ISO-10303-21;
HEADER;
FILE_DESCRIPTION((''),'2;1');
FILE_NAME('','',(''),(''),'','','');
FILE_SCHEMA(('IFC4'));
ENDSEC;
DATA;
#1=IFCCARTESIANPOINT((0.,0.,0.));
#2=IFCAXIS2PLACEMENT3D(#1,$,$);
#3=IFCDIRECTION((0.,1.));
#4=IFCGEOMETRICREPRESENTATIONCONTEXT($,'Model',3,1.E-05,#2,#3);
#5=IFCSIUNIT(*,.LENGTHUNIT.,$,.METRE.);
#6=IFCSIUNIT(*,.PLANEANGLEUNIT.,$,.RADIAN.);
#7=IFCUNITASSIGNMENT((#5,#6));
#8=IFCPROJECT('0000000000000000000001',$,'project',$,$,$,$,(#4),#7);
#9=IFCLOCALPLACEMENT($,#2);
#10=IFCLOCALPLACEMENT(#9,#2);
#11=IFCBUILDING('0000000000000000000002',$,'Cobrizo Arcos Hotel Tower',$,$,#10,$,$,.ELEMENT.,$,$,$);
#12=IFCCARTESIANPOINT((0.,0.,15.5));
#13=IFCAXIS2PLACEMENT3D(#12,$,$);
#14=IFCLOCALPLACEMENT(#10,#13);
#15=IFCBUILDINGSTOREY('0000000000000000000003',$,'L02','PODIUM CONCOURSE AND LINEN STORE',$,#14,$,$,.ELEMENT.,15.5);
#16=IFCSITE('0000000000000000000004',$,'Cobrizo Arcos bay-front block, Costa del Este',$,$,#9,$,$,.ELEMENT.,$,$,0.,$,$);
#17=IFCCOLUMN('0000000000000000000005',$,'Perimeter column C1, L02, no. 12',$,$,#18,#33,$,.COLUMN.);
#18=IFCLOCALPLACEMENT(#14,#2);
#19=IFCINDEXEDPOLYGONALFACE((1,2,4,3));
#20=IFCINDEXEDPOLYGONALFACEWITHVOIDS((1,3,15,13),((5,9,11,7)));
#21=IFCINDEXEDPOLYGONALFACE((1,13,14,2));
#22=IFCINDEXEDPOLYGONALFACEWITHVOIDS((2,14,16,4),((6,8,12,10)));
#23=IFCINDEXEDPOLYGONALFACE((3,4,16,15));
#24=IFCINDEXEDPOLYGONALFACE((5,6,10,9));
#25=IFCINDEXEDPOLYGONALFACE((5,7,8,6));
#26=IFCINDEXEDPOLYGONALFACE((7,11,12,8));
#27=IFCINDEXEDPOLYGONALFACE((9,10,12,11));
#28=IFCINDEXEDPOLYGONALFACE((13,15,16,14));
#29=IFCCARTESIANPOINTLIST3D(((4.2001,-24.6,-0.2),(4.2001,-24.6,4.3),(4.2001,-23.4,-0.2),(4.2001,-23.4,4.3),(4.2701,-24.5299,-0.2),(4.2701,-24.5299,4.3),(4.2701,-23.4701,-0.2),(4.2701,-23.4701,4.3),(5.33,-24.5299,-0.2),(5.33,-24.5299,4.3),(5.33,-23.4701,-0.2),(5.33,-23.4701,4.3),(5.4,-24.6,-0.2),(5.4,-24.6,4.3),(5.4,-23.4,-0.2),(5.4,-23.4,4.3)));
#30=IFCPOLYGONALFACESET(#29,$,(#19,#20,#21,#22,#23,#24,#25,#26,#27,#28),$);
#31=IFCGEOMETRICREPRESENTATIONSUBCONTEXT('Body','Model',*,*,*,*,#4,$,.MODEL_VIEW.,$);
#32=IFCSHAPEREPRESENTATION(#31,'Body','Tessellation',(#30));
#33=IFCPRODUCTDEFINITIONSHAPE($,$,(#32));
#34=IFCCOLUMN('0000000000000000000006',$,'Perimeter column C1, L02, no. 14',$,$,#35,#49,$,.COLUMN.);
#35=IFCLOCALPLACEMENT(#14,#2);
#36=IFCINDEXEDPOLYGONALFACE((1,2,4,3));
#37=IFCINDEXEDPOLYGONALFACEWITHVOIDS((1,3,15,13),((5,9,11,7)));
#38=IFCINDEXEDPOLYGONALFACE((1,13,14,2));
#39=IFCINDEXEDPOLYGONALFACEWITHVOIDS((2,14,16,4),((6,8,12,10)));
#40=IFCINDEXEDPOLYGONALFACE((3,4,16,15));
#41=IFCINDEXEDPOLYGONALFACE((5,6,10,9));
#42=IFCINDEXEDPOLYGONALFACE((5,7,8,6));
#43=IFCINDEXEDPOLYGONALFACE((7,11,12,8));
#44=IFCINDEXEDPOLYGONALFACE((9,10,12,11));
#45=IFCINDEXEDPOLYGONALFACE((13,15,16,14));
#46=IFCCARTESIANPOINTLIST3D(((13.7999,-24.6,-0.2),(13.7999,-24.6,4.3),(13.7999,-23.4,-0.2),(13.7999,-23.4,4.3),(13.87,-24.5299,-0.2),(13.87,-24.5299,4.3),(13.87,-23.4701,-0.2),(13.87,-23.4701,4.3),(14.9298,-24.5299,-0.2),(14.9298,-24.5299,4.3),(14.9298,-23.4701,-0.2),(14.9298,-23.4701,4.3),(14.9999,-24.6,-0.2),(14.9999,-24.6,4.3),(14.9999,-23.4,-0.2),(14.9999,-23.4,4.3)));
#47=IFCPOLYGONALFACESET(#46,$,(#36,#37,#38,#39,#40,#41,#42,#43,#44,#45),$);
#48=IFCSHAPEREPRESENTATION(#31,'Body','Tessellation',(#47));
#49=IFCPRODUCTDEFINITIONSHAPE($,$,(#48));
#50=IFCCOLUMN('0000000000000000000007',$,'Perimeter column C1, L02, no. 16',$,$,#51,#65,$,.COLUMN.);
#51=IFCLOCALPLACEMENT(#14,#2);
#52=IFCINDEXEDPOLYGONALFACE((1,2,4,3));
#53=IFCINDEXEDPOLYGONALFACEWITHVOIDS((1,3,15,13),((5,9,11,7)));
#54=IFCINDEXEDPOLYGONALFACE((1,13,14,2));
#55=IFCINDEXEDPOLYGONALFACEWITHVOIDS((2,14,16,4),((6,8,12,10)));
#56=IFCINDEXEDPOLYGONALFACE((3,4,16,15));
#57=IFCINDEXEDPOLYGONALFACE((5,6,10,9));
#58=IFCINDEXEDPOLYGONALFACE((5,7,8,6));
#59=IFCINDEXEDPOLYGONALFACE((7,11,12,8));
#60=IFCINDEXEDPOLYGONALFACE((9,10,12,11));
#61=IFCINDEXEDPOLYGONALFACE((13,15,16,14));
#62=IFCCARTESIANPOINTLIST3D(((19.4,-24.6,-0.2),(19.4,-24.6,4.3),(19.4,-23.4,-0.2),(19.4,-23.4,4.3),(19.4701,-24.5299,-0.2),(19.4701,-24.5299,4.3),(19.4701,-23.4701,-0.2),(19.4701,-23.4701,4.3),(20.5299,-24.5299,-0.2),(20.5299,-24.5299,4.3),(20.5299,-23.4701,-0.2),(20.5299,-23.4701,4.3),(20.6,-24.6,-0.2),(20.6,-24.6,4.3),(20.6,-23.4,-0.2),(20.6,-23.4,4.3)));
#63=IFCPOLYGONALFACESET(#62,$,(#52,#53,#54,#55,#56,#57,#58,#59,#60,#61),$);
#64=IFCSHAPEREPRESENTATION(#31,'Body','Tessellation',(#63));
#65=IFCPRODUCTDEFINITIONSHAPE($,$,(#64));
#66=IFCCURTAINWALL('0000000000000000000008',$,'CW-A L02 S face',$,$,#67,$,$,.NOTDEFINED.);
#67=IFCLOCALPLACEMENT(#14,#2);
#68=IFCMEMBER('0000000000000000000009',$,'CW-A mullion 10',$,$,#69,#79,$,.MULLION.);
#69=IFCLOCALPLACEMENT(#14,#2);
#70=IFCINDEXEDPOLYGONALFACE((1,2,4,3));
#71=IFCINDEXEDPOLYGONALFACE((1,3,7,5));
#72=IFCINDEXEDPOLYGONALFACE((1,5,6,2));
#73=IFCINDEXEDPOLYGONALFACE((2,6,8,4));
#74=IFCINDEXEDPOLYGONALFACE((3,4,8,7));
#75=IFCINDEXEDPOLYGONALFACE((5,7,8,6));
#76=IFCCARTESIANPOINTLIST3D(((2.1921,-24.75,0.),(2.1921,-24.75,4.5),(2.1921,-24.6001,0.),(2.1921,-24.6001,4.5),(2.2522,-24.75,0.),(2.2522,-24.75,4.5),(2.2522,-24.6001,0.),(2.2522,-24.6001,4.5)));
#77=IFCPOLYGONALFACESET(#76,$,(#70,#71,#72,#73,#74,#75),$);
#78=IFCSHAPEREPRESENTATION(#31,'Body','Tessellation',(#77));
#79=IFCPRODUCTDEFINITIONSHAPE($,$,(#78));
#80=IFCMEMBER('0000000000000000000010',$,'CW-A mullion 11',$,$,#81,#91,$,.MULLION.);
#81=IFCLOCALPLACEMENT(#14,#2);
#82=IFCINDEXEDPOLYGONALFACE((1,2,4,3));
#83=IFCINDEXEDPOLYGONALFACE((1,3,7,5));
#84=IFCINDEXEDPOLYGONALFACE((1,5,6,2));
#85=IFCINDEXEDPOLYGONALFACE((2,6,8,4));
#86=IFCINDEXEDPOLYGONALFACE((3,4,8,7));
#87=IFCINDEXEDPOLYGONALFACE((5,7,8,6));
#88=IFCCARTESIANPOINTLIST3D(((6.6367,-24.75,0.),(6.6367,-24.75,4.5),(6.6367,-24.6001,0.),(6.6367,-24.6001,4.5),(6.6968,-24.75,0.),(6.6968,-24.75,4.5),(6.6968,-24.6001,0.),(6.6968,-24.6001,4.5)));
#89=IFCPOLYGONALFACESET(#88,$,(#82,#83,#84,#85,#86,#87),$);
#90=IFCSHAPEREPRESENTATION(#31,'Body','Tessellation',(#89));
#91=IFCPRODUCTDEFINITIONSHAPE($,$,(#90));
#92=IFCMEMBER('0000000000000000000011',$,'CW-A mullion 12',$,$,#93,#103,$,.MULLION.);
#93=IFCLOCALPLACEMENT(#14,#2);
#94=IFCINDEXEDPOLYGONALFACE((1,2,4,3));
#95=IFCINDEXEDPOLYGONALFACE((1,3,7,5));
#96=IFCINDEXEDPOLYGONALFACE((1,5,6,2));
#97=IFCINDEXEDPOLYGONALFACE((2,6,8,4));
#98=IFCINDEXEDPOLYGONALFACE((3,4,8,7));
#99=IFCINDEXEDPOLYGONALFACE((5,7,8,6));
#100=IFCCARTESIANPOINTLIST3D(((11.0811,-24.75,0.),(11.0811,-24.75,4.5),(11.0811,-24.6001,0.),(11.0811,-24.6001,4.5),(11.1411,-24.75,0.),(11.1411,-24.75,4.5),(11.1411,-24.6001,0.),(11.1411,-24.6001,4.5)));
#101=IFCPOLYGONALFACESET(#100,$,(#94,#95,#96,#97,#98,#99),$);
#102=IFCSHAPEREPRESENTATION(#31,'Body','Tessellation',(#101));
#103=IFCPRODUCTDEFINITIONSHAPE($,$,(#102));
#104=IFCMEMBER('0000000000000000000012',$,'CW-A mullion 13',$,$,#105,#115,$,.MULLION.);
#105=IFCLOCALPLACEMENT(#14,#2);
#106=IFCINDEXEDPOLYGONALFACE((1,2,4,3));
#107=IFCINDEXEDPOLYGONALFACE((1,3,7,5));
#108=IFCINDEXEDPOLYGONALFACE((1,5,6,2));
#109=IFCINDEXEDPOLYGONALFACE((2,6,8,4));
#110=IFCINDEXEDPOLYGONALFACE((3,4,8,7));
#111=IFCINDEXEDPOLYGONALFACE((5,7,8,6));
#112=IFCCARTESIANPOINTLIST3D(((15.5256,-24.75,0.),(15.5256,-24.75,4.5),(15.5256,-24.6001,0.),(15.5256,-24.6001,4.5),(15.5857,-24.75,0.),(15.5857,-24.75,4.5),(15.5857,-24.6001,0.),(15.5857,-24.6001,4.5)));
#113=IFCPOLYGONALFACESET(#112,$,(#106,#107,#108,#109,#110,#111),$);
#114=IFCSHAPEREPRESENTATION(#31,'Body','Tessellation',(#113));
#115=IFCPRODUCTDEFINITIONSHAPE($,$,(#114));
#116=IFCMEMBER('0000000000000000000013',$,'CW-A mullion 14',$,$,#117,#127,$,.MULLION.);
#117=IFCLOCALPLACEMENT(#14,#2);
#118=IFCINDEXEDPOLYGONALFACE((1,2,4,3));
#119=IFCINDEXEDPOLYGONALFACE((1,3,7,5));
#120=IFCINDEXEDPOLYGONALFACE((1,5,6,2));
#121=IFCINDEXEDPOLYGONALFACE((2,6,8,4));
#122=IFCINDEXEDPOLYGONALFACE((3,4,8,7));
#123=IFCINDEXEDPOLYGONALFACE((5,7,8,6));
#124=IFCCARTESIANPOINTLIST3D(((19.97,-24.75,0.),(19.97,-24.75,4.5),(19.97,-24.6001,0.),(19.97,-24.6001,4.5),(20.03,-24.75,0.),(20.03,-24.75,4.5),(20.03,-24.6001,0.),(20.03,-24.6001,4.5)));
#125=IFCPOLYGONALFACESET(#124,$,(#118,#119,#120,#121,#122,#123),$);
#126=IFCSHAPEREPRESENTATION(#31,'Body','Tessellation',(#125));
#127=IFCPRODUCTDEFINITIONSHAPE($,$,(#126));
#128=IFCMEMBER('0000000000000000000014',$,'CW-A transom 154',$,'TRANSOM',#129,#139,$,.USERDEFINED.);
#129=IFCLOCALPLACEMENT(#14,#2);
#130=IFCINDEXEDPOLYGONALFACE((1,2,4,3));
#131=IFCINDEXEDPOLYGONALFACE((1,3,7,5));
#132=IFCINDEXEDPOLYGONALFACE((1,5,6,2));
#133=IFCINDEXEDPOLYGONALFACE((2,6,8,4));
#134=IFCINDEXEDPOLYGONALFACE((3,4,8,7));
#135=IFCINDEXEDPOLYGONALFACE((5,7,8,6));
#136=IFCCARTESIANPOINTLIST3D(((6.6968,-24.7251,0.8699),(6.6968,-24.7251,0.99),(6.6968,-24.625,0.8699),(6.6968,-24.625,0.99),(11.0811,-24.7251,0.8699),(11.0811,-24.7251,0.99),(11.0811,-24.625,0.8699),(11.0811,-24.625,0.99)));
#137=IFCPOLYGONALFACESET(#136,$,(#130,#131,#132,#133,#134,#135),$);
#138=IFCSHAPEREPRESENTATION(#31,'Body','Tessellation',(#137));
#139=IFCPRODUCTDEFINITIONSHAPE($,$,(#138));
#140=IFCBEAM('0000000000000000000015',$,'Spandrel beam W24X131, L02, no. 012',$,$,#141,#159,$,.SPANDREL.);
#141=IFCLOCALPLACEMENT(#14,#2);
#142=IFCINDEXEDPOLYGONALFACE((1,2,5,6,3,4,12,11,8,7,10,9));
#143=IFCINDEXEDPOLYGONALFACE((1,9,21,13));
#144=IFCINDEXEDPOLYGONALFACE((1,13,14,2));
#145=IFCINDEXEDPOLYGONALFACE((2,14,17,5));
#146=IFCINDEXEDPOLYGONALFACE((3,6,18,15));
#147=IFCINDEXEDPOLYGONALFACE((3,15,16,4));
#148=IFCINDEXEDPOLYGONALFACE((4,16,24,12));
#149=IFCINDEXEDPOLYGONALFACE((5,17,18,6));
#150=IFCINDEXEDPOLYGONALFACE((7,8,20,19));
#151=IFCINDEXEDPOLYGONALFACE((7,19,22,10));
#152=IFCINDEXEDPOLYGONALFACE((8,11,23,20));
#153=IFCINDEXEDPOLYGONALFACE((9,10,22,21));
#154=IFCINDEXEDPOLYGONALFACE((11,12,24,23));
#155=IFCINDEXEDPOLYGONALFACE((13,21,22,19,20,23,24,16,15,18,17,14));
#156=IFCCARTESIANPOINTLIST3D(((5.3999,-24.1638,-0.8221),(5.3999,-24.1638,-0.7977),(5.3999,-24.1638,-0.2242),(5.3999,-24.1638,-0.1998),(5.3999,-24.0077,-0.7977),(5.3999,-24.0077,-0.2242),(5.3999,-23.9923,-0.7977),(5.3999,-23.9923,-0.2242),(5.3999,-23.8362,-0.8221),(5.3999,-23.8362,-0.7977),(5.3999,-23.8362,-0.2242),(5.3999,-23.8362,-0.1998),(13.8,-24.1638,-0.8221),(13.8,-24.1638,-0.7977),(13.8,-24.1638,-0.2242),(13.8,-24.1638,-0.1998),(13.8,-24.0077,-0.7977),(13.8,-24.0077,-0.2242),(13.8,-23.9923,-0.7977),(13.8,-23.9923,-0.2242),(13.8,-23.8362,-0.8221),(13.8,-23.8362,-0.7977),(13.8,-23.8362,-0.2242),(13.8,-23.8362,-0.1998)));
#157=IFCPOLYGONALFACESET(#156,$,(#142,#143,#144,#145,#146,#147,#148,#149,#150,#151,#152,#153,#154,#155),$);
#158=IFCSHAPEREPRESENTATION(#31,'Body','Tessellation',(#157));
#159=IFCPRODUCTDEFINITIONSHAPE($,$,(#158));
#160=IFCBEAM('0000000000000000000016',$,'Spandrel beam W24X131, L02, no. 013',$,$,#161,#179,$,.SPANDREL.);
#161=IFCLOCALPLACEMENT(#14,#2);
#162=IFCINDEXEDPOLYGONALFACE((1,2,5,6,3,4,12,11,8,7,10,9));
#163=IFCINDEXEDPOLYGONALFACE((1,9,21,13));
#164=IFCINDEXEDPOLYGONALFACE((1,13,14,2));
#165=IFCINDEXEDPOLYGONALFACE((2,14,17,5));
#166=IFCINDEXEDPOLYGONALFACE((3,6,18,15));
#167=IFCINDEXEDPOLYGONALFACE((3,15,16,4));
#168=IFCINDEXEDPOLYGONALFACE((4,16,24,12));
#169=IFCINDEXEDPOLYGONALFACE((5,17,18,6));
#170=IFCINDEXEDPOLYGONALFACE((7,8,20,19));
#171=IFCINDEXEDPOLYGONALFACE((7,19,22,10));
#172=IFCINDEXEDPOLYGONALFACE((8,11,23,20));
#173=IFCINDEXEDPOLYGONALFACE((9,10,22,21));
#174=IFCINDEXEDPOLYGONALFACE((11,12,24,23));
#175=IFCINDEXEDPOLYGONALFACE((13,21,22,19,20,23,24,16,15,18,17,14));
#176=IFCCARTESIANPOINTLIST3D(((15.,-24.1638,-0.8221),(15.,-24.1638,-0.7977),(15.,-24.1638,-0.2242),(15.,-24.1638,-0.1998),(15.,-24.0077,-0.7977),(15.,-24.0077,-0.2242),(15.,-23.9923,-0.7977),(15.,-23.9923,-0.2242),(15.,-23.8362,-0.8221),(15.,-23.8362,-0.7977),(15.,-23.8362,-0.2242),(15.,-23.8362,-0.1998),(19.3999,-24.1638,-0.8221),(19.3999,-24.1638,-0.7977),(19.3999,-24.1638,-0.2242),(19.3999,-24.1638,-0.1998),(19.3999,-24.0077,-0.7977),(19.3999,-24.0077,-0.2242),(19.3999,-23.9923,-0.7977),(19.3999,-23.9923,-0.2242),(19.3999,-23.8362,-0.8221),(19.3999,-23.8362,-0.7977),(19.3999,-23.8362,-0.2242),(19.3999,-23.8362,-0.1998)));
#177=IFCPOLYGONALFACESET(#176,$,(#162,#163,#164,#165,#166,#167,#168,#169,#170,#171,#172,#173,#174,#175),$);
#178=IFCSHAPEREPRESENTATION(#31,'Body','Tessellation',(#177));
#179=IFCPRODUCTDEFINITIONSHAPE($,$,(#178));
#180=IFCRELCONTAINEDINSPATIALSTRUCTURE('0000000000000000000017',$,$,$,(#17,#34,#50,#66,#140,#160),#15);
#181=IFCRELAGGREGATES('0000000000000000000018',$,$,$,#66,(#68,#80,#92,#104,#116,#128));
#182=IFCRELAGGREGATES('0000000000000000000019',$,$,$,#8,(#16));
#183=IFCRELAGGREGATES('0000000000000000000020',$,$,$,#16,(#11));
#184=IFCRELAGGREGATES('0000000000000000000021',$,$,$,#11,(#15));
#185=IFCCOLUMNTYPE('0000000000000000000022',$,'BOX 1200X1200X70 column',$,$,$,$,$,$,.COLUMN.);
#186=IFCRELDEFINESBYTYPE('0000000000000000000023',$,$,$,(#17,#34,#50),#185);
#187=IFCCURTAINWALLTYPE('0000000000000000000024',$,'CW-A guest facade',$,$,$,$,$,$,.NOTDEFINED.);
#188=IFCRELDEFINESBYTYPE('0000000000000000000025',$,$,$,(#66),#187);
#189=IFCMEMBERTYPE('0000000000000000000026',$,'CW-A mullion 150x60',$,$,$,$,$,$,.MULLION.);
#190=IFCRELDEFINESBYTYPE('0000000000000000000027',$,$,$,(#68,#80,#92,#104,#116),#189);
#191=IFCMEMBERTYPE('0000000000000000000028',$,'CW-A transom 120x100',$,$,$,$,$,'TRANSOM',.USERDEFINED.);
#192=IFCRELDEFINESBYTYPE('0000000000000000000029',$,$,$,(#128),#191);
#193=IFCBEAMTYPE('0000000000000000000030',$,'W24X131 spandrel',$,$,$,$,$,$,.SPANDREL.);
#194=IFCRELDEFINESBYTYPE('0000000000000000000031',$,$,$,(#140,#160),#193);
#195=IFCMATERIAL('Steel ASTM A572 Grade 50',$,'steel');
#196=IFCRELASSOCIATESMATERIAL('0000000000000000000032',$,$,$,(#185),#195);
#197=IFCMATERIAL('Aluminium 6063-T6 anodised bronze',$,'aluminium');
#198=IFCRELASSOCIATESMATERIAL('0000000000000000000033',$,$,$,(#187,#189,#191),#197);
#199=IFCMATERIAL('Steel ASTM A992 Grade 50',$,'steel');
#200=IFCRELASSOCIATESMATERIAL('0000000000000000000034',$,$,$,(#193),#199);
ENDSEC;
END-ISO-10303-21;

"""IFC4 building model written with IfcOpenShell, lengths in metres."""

from ifc_helpers import new_model, si_unit, direction, frame, origin, origin_2d, place, context, subcontext, project, spatial, rectangle, hollow_rectangle, i_section, extrude, material, material_profile, profile_set, type_object, element, aggregate, save


model = new_model("IFC4")

# Units and contexts
model_context = context("Model", 3, precision=1e-05, world=origin(), true_north=direction((0.0, 1.0)))
body_context = subcontext(model_context, "Body", "Model", "MODEL_VIEW")
ifc_project = project(units=[si_unit("LENGTHUNIT", "METRE"), si_unit("PLANEANGLEUNIT", "RADIAN")], contexts=[model_context])

# Site, building, storey
site_placement = place(None, origin())
site = spatial("IfcSite", under=ifc_project, at=site_placement, Name="Cobrizo Arcos bay-front block, Costa del Este", CompositionType="ELEMENT", RefElevation=0.0)
building_placement = place(site_placement, origin())
building = spatial("IfcBuilding", under=site, at=building_placement, Name="Cobrizo Arcos Hotel Tower", CompositionType="ELEMENT")
storey_placement = place(building_placement, frame((0.0, 0.0, 15.5)))
storey = spatial("IfcBuildingStorey", under=building, at=storey_placement, Name="L02", Description="PODIUM CONCOURSE AND LINEN STORE", CompositionType="ELEMENT", Elevation=15.5)

# Columns
ifc_material_1 = material(Name="Steel ASTM A572 Grade 50", Category="steel")
ifc_material_profile_1 = material_profile(ifc_material_1, hollow_rectangle(XDim=1.2, YDim=1.2, WallThickness=0.0701, at=origin_2d()), Name="BOX 1200X1200X70")
ifc_profile_set_1 = profile_set([ifc_material_profile_1], Name="Steel ASTM A572 Grade 50")
column_type = type_object("IfcColumnType", Name="BOX 1200X1200X70 column", PredefinedType="COLUMN", material=ifc_profile_set_1)
for number, where, z_axis, x_axis, name in (
    (1, (4.8, -24.0, -0.2), (0.0, 0.0, 1.0), (1.0, 0.0, 0.0), "Perimeter column C1, L02, no. 12"),
    (2, (14.3999, -24.0, -0.2), (0.0, 0.0, 1.0), (1.0, 0.0, 0.0), "Perimeter column C1, L02, no. 14"),
    (3, (20.0, -24.0, -0.2), (0.0, 0.0, 1.0), (1.0, 0.0, 0.0), "Perimeter column C1, L02, no. 16"),
):
    element("IfcColumn", number, at=place(storey_placement, frame(where, z_axis=z_axis, x_axis=x_axis)), inside=storey, type_object=column_type, Name=name, PredefinedType="COLUMN", context=body_context, shape_type="SweptSolid", body=[
        extrude(hollow_rectangle(XDim=1.2, YDim=1.2, WallThickness=0.0701, at=origin_2d()), origin(), (0.0, 0.0, 1.0), 4.5),
    ])

# Curtain wall, members
ifc_material_2 = material(Name="Aluminium 6063-T6 anodised bronze", Category="aluminium")
curtain_wall_type = type_object("IfcCurtainWallType", Name="CW-A guest facade", PredefinedType="NOTDEFINED", material=ifc_material_2)
curtain_wall_placement = place(storey_placement, origin())
curtain_wall = element("IfcCurtainWall", 4, at=curtain_wall_placement, inside=storey, type_object=curtain_wall_type, Name="CW-A L02 S face", PredefinedType="NOTDEFINED")
ifc_material_profile_2 = material_profile(ifc_material_2, rectangle(XDim=0.1499, YDim=0.0601, at=origin_2d()), Name="CW-A mullion 150x60")
ifc_profile_set_2 = profile_set([ifc_material_profile_2], Name="Aluminium 6063-T6 anodised bronze")
member_type_1 = type_object("IfcMemberType", Name="CW-A mullion 150x60", PredefinedType="MULLION", material=ifc_profile_set_2)
member_1_placement = place(storey_placement, frame((2.2222, -24.675, 0.0), z_axis=(0.0, 0.0, 1.0), x_axis=(0.0, -1.0, 0.0)))
member_1 = element("IfcMember", 5, at=member_1_placement, type_object=member_type_1, Name="CW-A mullion 10", PredefinedType="MULLION", context=body_context, shape_type="SweptSolid", body=[
    extrude(rectangle(XDim=0.1499, YDim=0.0601, at=origin_2d()), origin(), (0.0, 0.0, 1.0), 4.5),
])
member_2_placement = place(storey_placement, frame((6.6667, -24.675, 0.0), z_axis=(0.0, 0.0, 1.0), x_axis=(0.0, -1.0, 0.0)))
member_2 = element("IfcMember", 6, at=member_2_placement, type_object=member_type_1, Name="CW-A mullion 11", PredefinedType="MULLION", context=body_context, shape_type="SweptSolid", body=[
    extrude(rectangle(XDim=0.1499, YDim=0.0601, at=origin_2d()), origin(), (0.0, 0.0, 1.0), 4.5),
])
member_3_placement = place(storey_placement, frame((11.1111, -24.675, 0.0), z_axis=(0.0, 0.0, 1.0), x_axis=(0.0, -1.0, 0.0)))
member_3 = element("IfcMember", 7, at=member_3_placement, type_object=member_type_1, Name="CW-A mullion 12", PredefinedType="MULLION", context=body_context, shape_type="SweptSolid", body=[
    extrude(rectangle(XDim=0.1499, YDim=0.0601, at=origin_2d()), origin(), (0.0, 0.0, 1.0), 4.5),
])
member_4_placement = place(storey_placement, frame((15.5557, -24.675, 0.0), z_axis=(0.0, 0.0, 1.0), x_axis=(0.0, -1.0, 0.0)))
member_4 = element("IfcMember", 8, at=member_4_placement, type_object=member_type_1, Name="CW-A mullion 13", PredefinedType="MULLION", context=body_context, shape_type="SweptSolid", body=[
    extrude(rectangle(XDim=0.1499, YDim=0.0601, at=origin_2d()), origin(), (0.0, 0.0, 1.0), 4.5),
])
member_5_placement = place(storey_placement, frame((20.0, -24.675, 0.0), z_axis=(0.0, 0.0, 1.0), x_axis=(0.0, -1.0, 0.0)))
member_5 = element("IfcMember", 9, at=member_5_placement, type_object=member_type_1, Name="CW-A mullion 14", PredefinedType="MULLION", context=body_context, shape_type="SweptSolid", body=[
    extrude(rectangle(XDim=0.1499, YDim=0.0601, at=origin_2d()), origin(), (0.0, 0.0, 1.0), 4.5),
])
ifc_material_profile_3 = material_profile(ifc_material_2, rectangle(XDim=0.1001, YDim=0.1201, at=origin_2d()), Name="CW-A transom 120x100")
ifc_profile_set_3 = profile_set([ifc_material_profile_3], Name="Aluminium 6063-T6 anodised bronze")
member_type_2 = type_object("IfcMemberType", Name="CW-A transom 120x100", ElementType="TRANSOM", PredefinedType="USERDEFINED", material=ifc_profile_set_3)
member_6_placement = place(storey_placement, frame((6.6968, -24.675, 0.9299), z_axis=(1.0, 0.0, 0.0), x_axis=(0.0, 1.0, 0.0)))
member_6 = element("IfcMember", 10, at=member_6_placement, type_object=member_type_2, Name="CW-A transom 154", ObjectType="TRANSOM", PredefinedType="USERDEFINED", context=body_context, shape_type="SweptSolid", body=[
    extrude(rectangle(XDim=0.1001, YDim=0.1201, at=origin_2d()), origin(), (0.0, 0.0, 1.0), 4.3843),
])

# Beams
ifc_material_3 = material(Name="Steel ASTM A992 Grade 50", Category="steel")
ifc_material_profile_4 = material_profile(ifc_material_3, i_section(OverallWidth=0.3276, OverallDepth=0.6223, WebThickness=0.0154, FlangeThickness=0.0244, at=origin_2d()), Name="W24X131")
ifc_profile_set_4 = profile_set([ifc_material_profile_4], Name="Steel ASTM A992 Grade 50")
beam_type_1 = type_object("IfcBeamType", Name="W24X131 spandrel", PredefinedType="SPANDREL", material=ifc_profile_set_4)
beam_1_placement = place(storey_placement, frame((5.3999, -24.0, -0.511), z_axis=(1.0, 0.0, 0.0), x_axis=(0.0, 1.0, 0.0)))
element("IfcBeam", 11, at=beam_1_placement, inside=storey, type_object=beam_type_1, Name="Spandrel beam W24X131, L02, no. 012", PredefinedType="SPANDREL", context=body_context, shape_type="SweptSolid", body=[
    extrude(i_section(OverallWidth=0.3276, OverallDepth=0.6223, WebThickness=0.0154, FlangeThickness=0.0244, at=origin_2d()), origin(), (0.0, 0.0, 1.0), 8.4001),
])
beam_2_placement = place(storey_placement, frame((15.0, -24.0, -0.511), z_axis=(1.0, 0.0, 0.0), x_axis=(0.0, 1.0, 0.0)))
element("IfcBeam", 12, at=beam_2_placement, inside=storey, type_object=beam_type_1, Name="Spandrel beam W24X131, L02, no. 013", PredefinedType="SPANDREL", context=body_context, shape_type="SweptSolid", body=[
    extrude(i_section(OverallWidth=0.3276, OverallDepth=0.6223, WebThickness=0.0154, FlangeThickness=0.0244, at=origin_2d()), origin(), (0.0, 0.0, 1.0), 4.3999),
])

aggregate(curtain_wall, [member_1, member_2, member_3, member_4, member_5, member_6])

save(model, "model.ifc")
